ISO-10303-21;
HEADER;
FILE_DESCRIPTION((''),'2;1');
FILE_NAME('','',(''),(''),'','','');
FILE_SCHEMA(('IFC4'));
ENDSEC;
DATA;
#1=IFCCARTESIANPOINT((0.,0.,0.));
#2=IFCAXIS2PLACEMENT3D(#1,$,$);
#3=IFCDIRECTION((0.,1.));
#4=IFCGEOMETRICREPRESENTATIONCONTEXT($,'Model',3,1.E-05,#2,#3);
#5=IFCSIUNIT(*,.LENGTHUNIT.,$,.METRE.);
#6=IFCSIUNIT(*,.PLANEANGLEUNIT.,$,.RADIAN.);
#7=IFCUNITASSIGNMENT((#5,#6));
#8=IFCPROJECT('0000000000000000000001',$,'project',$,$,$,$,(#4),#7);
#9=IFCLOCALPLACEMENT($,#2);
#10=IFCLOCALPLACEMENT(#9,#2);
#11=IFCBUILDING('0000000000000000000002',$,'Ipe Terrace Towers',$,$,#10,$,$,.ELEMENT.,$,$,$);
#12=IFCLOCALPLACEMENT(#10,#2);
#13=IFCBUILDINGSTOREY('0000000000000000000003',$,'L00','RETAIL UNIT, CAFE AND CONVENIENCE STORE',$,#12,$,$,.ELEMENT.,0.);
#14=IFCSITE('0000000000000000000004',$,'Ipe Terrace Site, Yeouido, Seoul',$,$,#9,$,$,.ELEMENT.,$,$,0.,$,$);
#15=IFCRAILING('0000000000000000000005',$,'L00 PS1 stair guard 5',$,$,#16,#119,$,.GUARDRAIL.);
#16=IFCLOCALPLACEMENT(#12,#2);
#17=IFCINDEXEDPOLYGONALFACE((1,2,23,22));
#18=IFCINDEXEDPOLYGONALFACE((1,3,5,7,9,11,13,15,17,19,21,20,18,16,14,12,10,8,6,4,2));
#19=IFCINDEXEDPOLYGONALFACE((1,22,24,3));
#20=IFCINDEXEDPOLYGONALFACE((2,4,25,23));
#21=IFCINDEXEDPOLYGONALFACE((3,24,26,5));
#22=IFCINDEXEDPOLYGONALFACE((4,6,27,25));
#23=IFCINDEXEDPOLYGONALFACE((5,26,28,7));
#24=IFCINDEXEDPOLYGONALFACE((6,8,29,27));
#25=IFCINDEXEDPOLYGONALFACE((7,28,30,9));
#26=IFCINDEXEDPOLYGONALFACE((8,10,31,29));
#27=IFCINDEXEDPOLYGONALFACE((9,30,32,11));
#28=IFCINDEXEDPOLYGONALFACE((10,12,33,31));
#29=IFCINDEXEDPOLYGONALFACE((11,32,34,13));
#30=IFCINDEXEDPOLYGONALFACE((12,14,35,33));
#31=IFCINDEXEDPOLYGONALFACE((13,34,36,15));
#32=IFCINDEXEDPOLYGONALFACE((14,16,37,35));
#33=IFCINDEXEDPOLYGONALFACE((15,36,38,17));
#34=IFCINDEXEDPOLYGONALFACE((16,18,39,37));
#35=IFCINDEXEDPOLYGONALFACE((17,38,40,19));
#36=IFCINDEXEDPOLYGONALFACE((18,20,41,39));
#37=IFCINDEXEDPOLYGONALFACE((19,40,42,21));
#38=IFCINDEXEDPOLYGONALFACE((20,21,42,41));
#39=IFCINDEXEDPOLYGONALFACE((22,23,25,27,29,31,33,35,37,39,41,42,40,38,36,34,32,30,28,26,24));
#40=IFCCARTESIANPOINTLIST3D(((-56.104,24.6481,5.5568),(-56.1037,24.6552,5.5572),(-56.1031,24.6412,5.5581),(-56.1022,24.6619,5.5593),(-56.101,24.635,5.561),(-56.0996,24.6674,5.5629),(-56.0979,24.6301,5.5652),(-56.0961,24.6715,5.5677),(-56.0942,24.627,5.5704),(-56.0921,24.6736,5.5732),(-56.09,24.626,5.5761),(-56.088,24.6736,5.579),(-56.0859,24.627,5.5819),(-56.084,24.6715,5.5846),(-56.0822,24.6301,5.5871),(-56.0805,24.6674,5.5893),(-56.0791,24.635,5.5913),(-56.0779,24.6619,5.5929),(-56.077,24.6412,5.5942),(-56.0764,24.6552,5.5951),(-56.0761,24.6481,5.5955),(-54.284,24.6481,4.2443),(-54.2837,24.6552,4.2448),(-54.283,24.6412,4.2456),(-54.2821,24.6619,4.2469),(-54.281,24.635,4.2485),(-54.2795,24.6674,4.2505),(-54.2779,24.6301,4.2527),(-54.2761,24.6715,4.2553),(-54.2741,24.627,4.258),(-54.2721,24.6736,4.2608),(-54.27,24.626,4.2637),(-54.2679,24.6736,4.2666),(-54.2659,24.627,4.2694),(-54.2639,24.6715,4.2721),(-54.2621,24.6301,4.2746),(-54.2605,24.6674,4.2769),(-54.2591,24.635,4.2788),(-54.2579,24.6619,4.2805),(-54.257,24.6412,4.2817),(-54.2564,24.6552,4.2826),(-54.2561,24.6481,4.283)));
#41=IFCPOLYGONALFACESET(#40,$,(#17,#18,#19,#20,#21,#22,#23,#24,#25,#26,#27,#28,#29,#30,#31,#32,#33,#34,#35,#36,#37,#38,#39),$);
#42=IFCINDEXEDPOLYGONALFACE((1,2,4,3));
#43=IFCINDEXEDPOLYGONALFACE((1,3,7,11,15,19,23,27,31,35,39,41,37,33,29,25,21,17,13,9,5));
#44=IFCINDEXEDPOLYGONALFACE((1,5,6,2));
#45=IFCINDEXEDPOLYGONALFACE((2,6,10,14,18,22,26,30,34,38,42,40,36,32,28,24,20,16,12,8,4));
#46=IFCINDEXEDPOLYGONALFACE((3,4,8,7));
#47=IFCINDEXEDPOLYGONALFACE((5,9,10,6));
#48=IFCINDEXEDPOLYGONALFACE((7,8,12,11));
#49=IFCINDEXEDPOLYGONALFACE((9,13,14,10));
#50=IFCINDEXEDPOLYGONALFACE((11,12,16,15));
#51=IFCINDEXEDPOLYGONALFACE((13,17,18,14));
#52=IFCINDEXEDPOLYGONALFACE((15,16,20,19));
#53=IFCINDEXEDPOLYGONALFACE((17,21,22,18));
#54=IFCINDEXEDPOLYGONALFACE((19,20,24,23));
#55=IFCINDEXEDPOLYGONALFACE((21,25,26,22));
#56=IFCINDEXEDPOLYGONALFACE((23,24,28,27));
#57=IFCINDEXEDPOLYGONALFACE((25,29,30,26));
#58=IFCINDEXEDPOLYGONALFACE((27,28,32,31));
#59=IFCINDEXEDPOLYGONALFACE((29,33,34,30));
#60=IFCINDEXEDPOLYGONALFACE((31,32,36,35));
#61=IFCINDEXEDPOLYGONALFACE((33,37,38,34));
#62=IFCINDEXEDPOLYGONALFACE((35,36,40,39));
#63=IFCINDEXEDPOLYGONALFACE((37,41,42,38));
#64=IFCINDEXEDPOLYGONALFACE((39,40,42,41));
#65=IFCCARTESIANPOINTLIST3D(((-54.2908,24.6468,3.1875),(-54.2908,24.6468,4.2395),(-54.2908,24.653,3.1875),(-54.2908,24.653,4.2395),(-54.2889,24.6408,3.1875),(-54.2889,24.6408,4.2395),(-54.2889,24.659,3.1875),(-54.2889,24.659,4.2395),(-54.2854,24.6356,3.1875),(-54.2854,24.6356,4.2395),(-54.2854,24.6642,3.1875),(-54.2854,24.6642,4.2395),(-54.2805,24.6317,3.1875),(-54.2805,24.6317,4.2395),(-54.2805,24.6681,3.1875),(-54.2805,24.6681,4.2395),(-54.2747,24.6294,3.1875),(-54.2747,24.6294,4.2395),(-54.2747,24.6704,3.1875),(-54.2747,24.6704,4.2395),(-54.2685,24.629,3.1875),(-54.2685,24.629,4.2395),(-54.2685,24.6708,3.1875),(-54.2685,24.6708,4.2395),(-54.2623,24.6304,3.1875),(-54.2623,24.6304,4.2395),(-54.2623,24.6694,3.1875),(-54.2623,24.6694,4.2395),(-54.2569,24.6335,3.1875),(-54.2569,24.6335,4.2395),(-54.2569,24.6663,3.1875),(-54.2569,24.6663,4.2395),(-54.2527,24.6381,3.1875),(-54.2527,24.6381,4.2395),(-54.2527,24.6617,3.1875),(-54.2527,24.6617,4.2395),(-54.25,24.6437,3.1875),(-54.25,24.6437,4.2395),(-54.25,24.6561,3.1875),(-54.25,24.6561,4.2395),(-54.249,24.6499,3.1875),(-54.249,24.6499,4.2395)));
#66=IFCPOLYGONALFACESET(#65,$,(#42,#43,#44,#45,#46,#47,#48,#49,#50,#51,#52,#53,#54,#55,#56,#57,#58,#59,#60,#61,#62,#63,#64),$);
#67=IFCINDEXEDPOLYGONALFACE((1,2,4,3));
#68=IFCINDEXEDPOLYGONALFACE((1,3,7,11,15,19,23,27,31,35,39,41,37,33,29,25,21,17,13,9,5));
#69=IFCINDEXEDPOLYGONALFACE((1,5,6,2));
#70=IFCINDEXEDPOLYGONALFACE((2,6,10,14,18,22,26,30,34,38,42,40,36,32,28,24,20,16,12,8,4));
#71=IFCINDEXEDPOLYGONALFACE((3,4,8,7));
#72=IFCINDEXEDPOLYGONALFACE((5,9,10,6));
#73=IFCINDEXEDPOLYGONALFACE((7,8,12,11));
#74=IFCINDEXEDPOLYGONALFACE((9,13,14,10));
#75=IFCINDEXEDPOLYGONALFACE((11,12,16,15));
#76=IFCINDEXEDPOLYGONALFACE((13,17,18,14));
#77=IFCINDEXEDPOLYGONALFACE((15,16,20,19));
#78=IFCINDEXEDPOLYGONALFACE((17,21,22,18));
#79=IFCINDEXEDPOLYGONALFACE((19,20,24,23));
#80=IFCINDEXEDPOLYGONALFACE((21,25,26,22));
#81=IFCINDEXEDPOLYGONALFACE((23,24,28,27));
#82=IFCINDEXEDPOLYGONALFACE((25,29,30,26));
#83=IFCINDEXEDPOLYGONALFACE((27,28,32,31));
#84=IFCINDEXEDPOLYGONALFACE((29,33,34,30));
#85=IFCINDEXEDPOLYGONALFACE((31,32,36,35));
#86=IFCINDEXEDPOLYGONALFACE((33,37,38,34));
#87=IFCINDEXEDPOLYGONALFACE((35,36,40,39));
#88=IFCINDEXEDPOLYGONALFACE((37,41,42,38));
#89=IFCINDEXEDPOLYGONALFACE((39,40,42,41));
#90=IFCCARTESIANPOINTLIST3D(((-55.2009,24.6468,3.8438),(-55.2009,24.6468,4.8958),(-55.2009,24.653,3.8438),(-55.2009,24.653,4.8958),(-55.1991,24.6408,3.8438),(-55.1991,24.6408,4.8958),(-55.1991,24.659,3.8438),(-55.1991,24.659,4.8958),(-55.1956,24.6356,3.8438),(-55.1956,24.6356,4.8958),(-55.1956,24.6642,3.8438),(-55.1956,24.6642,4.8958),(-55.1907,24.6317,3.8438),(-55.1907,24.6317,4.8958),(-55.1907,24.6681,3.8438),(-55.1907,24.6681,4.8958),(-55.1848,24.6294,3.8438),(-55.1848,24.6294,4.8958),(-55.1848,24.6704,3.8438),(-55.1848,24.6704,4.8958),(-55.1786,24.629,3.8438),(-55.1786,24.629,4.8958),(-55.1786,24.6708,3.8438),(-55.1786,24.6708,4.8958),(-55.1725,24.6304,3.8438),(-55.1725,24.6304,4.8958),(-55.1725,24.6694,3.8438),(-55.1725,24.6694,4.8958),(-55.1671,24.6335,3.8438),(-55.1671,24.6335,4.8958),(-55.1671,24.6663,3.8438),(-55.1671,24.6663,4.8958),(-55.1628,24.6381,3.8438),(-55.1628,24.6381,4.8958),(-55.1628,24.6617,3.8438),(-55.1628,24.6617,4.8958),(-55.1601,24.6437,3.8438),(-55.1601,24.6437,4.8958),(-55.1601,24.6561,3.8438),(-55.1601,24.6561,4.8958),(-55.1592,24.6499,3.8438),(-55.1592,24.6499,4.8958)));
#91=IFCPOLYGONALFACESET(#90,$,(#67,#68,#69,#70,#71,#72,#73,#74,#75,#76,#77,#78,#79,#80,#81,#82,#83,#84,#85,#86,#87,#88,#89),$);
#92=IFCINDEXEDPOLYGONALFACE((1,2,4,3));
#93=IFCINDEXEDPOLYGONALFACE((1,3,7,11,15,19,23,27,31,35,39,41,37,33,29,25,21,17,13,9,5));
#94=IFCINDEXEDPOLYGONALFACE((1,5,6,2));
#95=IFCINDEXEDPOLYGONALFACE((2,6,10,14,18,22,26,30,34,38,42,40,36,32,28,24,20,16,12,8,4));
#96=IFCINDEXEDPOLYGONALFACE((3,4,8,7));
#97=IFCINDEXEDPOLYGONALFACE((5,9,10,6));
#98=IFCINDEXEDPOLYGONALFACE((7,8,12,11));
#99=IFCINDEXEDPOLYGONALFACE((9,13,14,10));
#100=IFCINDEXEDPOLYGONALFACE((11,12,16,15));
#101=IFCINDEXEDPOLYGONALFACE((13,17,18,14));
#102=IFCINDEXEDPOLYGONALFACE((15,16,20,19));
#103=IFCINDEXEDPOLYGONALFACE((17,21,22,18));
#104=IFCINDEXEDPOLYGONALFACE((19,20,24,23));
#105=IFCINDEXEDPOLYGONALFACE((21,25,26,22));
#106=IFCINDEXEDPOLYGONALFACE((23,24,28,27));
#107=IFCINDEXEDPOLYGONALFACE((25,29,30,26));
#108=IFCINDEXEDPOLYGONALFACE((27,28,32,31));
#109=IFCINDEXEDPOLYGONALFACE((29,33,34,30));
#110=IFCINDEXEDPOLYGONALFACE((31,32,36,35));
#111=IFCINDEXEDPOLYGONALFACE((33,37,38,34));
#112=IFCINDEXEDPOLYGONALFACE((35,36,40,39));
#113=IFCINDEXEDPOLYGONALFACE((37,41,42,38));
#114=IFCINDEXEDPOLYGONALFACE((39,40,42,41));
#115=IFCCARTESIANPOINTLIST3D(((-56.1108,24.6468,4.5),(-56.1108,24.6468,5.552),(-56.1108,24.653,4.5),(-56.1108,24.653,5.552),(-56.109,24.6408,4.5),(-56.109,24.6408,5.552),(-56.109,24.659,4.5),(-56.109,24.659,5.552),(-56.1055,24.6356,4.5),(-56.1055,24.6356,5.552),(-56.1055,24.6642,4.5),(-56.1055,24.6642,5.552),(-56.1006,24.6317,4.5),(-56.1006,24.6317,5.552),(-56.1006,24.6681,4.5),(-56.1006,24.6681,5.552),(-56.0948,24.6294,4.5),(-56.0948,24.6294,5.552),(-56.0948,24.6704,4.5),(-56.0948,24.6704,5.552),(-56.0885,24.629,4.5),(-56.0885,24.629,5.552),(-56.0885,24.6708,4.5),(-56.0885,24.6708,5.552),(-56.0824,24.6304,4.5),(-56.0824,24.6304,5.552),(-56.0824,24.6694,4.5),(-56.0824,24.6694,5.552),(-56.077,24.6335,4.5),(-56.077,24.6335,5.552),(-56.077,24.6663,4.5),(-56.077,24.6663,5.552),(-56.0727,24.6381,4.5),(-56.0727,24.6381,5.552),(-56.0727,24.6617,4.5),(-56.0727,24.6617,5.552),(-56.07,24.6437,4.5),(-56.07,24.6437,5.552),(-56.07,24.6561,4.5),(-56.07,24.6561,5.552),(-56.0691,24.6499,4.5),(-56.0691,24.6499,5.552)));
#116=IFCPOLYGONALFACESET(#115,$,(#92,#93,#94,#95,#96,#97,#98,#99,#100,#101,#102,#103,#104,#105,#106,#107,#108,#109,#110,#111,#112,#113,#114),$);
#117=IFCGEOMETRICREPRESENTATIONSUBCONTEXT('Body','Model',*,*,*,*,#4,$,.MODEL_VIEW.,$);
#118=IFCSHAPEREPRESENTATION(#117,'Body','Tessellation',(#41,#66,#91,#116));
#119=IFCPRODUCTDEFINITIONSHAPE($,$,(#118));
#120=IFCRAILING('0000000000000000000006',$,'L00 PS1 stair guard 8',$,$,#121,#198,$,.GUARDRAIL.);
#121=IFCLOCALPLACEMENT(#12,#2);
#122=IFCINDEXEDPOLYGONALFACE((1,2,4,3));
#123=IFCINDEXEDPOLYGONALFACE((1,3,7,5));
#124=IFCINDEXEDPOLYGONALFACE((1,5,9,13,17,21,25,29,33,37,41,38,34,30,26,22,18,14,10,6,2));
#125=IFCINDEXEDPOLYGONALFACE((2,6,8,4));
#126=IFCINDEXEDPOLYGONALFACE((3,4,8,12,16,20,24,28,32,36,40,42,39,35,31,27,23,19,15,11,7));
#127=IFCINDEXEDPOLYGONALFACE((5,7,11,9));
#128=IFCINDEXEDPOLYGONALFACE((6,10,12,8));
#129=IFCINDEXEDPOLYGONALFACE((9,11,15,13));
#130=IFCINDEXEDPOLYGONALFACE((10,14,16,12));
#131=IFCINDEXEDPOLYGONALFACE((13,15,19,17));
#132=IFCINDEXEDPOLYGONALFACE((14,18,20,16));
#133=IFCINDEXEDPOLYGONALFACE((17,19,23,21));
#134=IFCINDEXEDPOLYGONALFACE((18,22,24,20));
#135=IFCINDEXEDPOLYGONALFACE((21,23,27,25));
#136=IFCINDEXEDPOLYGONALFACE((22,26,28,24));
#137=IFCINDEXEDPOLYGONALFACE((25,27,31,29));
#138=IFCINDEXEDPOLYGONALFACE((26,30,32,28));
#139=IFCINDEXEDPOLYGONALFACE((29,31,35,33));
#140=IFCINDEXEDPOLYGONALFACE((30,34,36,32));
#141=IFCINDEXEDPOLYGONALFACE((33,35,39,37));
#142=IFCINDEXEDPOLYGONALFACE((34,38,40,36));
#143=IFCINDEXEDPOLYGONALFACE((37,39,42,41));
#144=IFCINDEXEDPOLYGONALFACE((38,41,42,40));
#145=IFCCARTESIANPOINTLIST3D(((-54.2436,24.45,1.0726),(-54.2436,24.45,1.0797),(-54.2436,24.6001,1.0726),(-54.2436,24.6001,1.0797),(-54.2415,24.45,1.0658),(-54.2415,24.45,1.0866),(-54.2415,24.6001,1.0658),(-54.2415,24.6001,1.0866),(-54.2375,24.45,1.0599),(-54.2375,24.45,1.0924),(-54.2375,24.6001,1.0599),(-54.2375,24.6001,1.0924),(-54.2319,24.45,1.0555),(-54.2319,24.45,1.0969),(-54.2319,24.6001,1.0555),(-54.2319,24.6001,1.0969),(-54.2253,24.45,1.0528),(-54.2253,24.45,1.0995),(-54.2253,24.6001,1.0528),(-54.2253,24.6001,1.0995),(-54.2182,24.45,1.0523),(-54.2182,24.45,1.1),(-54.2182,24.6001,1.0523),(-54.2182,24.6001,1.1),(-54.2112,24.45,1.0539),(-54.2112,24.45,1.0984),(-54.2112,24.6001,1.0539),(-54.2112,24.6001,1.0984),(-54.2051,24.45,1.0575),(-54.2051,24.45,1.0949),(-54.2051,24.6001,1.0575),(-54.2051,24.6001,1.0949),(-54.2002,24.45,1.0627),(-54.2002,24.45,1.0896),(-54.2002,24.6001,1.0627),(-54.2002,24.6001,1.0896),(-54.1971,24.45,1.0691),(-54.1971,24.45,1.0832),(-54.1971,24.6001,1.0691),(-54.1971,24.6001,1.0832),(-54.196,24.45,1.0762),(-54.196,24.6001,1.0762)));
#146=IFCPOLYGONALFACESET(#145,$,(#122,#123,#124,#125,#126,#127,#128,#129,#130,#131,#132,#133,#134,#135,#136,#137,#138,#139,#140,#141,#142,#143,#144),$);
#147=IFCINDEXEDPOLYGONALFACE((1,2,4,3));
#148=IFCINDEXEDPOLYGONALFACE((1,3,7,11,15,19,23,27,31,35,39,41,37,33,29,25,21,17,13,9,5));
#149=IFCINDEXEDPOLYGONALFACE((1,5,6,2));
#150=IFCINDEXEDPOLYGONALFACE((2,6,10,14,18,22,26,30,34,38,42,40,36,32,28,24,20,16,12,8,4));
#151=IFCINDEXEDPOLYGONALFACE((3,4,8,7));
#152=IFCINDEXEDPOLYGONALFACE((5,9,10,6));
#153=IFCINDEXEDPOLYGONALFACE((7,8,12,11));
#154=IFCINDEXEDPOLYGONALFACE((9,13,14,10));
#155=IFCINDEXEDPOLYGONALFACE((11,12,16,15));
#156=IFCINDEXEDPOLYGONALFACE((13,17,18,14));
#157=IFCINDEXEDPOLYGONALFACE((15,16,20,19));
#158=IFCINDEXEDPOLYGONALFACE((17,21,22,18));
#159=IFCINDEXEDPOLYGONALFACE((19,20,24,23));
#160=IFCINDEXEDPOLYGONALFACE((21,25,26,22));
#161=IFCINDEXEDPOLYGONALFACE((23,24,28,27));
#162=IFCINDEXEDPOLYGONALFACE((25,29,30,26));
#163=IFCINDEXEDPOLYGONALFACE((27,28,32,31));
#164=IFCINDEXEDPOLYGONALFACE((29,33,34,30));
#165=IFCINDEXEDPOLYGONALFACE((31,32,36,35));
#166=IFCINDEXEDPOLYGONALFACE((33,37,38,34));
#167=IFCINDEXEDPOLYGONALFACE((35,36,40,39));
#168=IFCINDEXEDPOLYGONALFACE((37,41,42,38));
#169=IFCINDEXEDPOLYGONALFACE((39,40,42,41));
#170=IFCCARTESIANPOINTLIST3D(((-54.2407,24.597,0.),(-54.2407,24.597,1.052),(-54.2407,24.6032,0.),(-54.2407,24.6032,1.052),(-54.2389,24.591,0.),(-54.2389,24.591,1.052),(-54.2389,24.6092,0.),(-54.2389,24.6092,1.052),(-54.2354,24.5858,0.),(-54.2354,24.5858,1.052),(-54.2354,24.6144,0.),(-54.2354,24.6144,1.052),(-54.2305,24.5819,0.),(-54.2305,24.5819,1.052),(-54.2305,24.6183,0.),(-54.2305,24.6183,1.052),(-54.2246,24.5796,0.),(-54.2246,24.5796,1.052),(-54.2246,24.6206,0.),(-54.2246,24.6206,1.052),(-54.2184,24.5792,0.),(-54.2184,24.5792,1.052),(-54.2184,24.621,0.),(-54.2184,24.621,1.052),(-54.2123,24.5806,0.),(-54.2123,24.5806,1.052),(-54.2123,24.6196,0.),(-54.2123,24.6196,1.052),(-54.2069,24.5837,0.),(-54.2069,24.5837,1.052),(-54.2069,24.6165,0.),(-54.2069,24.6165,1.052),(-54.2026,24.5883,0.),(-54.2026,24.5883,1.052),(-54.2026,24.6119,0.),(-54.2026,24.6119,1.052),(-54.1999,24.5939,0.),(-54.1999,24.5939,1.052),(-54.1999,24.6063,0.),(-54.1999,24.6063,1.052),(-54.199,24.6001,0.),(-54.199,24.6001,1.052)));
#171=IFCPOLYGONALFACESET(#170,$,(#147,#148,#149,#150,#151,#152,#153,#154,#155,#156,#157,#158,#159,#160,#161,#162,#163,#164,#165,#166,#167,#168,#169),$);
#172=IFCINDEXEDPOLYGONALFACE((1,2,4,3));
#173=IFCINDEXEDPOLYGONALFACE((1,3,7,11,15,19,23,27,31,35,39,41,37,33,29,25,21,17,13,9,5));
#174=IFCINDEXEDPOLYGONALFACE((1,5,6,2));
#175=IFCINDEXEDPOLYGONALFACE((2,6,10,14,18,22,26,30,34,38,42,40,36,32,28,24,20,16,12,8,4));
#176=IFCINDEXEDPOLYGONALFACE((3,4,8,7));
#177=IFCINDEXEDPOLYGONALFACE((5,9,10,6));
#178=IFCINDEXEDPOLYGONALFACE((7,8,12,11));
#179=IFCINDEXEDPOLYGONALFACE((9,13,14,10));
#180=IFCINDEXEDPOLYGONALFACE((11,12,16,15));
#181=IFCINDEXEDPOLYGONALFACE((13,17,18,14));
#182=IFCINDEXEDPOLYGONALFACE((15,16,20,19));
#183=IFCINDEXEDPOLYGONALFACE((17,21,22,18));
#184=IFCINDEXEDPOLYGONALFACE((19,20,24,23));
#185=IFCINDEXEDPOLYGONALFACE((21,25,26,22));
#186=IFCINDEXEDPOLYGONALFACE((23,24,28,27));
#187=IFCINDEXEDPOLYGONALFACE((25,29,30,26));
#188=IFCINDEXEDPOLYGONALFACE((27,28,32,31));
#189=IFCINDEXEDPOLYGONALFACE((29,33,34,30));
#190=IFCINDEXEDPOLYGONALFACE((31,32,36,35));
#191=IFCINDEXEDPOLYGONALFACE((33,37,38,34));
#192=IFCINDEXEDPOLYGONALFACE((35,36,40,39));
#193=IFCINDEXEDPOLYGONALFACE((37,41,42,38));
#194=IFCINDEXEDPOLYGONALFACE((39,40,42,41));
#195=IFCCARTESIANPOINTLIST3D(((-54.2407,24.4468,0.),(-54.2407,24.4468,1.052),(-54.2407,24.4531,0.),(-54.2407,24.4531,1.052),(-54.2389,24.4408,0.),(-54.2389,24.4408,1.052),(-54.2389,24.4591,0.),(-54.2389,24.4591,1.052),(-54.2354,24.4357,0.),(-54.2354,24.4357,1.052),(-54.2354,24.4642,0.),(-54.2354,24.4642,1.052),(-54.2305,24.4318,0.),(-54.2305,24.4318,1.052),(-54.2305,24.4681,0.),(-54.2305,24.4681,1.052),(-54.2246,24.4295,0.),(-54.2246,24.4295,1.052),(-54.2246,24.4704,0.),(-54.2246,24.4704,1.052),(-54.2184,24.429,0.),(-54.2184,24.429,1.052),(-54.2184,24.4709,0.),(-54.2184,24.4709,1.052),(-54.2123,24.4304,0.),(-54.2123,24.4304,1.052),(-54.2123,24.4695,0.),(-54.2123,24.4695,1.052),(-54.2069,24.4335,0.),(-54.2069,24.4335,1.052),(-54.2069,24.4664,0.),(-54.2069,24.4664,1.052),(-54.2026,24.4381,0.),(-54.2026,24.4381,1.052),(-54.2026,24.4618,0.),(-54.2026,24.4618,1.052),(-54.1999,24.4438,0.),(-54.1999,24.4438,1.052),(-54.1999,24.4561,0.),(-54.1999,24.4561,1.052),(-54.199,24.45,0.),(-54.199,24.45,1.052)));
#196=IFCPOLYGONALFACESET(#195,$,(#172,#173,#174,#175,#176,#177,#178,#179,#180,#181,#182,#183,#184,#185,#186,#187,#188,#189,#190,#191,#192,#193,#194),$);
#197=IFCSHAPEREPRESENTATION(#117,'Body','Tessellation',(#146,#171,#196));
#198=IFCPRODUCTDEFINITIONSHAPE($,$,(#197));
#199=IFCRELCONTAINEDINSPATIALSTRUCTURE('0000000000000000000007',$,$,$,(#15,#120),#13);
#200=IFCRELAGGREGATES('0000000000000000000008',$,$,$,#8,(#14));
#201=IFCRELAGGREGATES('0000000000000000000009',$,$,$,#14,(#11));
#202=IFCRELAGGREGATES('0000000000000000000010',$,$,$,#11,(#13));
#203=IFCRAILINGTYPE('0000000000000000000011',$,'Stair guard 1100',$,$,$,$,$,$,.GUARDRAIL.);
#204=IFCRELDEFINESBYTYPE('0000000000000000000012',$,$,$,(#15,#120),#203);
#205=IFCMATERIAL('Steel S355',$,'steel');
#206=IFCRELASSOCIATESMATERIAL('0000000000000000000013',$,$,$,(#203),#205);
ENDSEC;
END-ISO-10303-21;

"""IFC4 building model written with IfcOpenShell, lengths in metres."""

from ifc_helpers import new_model, si_unit, direction, frame, origin, origin_2d, place, context, subcontext, project, spatial, circle, extrude, material, type_object, element, save


model = new_model("IFC4")

# Units and contexts
model_context = context("Model", 3, precision=1e-05, world=origin(), true_north=direction((0.0, 1.0)))
body_context = subcontext(model_context, "Body", "Model", "MODEL_VIEW")
ifc_project = project(units=[si_unit("LENGTHUNIT", "METRE"), si_unit("PLANEANGLEUNIT", "RADIAN")], contexts=[model_context])

# Site, building, storey
site_placement = place(None, origin())
site = spatial("IfcSite", under=ifc_project, at=site_placement, Name="Ipe Terrace Site, Yeouido, Seoul", CompositionType="ELEMENT", RefElevation=0.0)
building_placement = place(site_placement, origin())
building = spatial("IfcBuilding", under=site, at=building_placement, Name="Ipe Terrace Towers", CompositionType="ELEMENT")
storey_placement = place(building_placement, origin())
storey = spatial("IfcBuildingStorey", under=building, at=storey_placement, Name="L00", Description="RETAIL UNIT, CAFE AND CONVENIENCE STORE", CompositionType="ELEMENT", Elevation=0.0)

# Railings
ifc_material_1 = material(Name="Steel S355", Category="steel")
railing_type_1 = type_object("IfcRailingType", Name="Stair guard 1100", PredefinedType="GUARDRAIL", material=ifc_material_1)
railing_1_placement = place(storey_placement, frame((-54.27, 24.6499, 3.1875)))
element("IfcRailing", 1, at=railing_1_placement, inside=storey, type_object=railing_type_1, Name="L00 PS1 stair guard 5", PredefinedType="GUARDRAIL", context=body_context, shape_type="SweptSolid", body=[
    extrude(circle(Radius=0.0239, at=origin_2d()), frame((0.0, 0.0, 1.0762), z_axis=(-0.811101, 0.0, 0.584906), x_axis=(0.0, -1.0, 0.0)), (0.0, 0.0, 1.0), 2.2439),
    extrude(circle(Radius=0.021, at=origin_2d()), origin(), (0.0, 0.0, 1.0), 1.052),
    extrude(circle(Radius=0.021, at=origin_2d()), frame((-0.9102, 0.0, 0.6562)), (0.0, 0.0, 1.0), 1.052),
    extrude(circle(Radius=0.021, at=origin_2d()), frame((-1.8201, 0.0, 1.3125)), (0.0, 0.0, 1.0), 1.052),
])
railing_2_placement = place(storey_placement, frame((-54.22, 24.6001, 0.0)))
element("IfcRailing", 2, at=railing_2_placement, inside=storey, type_object=railing_type_1, Name="L00 PS1 stair guard 8", PredefinedType="GUARDRAIL", context=body_context, shape_type="SweptSolid", body=[
    extrude(circle(Radius=0.0239, at=origin_2d()), frame((0.0, 0.0, 1.0762), z_axis=(0.0, -1.0, 0.0), x_axis=(1.0, 0.0, 0.0)), (0.0, 0.0, 1.0), 0.1501),
    extrude(circle(Radius=0.021, at=origin_2d()), origin(), (0.0, 0.0, 1.0), 1.052),
    extrude(circle(Radius=0.021, at=origin_2d()), frame((0.0, -0.1501, 0.0)), (0.0, 0.0, 1.0), 1.052),
])

save(model, "model.ifc")
